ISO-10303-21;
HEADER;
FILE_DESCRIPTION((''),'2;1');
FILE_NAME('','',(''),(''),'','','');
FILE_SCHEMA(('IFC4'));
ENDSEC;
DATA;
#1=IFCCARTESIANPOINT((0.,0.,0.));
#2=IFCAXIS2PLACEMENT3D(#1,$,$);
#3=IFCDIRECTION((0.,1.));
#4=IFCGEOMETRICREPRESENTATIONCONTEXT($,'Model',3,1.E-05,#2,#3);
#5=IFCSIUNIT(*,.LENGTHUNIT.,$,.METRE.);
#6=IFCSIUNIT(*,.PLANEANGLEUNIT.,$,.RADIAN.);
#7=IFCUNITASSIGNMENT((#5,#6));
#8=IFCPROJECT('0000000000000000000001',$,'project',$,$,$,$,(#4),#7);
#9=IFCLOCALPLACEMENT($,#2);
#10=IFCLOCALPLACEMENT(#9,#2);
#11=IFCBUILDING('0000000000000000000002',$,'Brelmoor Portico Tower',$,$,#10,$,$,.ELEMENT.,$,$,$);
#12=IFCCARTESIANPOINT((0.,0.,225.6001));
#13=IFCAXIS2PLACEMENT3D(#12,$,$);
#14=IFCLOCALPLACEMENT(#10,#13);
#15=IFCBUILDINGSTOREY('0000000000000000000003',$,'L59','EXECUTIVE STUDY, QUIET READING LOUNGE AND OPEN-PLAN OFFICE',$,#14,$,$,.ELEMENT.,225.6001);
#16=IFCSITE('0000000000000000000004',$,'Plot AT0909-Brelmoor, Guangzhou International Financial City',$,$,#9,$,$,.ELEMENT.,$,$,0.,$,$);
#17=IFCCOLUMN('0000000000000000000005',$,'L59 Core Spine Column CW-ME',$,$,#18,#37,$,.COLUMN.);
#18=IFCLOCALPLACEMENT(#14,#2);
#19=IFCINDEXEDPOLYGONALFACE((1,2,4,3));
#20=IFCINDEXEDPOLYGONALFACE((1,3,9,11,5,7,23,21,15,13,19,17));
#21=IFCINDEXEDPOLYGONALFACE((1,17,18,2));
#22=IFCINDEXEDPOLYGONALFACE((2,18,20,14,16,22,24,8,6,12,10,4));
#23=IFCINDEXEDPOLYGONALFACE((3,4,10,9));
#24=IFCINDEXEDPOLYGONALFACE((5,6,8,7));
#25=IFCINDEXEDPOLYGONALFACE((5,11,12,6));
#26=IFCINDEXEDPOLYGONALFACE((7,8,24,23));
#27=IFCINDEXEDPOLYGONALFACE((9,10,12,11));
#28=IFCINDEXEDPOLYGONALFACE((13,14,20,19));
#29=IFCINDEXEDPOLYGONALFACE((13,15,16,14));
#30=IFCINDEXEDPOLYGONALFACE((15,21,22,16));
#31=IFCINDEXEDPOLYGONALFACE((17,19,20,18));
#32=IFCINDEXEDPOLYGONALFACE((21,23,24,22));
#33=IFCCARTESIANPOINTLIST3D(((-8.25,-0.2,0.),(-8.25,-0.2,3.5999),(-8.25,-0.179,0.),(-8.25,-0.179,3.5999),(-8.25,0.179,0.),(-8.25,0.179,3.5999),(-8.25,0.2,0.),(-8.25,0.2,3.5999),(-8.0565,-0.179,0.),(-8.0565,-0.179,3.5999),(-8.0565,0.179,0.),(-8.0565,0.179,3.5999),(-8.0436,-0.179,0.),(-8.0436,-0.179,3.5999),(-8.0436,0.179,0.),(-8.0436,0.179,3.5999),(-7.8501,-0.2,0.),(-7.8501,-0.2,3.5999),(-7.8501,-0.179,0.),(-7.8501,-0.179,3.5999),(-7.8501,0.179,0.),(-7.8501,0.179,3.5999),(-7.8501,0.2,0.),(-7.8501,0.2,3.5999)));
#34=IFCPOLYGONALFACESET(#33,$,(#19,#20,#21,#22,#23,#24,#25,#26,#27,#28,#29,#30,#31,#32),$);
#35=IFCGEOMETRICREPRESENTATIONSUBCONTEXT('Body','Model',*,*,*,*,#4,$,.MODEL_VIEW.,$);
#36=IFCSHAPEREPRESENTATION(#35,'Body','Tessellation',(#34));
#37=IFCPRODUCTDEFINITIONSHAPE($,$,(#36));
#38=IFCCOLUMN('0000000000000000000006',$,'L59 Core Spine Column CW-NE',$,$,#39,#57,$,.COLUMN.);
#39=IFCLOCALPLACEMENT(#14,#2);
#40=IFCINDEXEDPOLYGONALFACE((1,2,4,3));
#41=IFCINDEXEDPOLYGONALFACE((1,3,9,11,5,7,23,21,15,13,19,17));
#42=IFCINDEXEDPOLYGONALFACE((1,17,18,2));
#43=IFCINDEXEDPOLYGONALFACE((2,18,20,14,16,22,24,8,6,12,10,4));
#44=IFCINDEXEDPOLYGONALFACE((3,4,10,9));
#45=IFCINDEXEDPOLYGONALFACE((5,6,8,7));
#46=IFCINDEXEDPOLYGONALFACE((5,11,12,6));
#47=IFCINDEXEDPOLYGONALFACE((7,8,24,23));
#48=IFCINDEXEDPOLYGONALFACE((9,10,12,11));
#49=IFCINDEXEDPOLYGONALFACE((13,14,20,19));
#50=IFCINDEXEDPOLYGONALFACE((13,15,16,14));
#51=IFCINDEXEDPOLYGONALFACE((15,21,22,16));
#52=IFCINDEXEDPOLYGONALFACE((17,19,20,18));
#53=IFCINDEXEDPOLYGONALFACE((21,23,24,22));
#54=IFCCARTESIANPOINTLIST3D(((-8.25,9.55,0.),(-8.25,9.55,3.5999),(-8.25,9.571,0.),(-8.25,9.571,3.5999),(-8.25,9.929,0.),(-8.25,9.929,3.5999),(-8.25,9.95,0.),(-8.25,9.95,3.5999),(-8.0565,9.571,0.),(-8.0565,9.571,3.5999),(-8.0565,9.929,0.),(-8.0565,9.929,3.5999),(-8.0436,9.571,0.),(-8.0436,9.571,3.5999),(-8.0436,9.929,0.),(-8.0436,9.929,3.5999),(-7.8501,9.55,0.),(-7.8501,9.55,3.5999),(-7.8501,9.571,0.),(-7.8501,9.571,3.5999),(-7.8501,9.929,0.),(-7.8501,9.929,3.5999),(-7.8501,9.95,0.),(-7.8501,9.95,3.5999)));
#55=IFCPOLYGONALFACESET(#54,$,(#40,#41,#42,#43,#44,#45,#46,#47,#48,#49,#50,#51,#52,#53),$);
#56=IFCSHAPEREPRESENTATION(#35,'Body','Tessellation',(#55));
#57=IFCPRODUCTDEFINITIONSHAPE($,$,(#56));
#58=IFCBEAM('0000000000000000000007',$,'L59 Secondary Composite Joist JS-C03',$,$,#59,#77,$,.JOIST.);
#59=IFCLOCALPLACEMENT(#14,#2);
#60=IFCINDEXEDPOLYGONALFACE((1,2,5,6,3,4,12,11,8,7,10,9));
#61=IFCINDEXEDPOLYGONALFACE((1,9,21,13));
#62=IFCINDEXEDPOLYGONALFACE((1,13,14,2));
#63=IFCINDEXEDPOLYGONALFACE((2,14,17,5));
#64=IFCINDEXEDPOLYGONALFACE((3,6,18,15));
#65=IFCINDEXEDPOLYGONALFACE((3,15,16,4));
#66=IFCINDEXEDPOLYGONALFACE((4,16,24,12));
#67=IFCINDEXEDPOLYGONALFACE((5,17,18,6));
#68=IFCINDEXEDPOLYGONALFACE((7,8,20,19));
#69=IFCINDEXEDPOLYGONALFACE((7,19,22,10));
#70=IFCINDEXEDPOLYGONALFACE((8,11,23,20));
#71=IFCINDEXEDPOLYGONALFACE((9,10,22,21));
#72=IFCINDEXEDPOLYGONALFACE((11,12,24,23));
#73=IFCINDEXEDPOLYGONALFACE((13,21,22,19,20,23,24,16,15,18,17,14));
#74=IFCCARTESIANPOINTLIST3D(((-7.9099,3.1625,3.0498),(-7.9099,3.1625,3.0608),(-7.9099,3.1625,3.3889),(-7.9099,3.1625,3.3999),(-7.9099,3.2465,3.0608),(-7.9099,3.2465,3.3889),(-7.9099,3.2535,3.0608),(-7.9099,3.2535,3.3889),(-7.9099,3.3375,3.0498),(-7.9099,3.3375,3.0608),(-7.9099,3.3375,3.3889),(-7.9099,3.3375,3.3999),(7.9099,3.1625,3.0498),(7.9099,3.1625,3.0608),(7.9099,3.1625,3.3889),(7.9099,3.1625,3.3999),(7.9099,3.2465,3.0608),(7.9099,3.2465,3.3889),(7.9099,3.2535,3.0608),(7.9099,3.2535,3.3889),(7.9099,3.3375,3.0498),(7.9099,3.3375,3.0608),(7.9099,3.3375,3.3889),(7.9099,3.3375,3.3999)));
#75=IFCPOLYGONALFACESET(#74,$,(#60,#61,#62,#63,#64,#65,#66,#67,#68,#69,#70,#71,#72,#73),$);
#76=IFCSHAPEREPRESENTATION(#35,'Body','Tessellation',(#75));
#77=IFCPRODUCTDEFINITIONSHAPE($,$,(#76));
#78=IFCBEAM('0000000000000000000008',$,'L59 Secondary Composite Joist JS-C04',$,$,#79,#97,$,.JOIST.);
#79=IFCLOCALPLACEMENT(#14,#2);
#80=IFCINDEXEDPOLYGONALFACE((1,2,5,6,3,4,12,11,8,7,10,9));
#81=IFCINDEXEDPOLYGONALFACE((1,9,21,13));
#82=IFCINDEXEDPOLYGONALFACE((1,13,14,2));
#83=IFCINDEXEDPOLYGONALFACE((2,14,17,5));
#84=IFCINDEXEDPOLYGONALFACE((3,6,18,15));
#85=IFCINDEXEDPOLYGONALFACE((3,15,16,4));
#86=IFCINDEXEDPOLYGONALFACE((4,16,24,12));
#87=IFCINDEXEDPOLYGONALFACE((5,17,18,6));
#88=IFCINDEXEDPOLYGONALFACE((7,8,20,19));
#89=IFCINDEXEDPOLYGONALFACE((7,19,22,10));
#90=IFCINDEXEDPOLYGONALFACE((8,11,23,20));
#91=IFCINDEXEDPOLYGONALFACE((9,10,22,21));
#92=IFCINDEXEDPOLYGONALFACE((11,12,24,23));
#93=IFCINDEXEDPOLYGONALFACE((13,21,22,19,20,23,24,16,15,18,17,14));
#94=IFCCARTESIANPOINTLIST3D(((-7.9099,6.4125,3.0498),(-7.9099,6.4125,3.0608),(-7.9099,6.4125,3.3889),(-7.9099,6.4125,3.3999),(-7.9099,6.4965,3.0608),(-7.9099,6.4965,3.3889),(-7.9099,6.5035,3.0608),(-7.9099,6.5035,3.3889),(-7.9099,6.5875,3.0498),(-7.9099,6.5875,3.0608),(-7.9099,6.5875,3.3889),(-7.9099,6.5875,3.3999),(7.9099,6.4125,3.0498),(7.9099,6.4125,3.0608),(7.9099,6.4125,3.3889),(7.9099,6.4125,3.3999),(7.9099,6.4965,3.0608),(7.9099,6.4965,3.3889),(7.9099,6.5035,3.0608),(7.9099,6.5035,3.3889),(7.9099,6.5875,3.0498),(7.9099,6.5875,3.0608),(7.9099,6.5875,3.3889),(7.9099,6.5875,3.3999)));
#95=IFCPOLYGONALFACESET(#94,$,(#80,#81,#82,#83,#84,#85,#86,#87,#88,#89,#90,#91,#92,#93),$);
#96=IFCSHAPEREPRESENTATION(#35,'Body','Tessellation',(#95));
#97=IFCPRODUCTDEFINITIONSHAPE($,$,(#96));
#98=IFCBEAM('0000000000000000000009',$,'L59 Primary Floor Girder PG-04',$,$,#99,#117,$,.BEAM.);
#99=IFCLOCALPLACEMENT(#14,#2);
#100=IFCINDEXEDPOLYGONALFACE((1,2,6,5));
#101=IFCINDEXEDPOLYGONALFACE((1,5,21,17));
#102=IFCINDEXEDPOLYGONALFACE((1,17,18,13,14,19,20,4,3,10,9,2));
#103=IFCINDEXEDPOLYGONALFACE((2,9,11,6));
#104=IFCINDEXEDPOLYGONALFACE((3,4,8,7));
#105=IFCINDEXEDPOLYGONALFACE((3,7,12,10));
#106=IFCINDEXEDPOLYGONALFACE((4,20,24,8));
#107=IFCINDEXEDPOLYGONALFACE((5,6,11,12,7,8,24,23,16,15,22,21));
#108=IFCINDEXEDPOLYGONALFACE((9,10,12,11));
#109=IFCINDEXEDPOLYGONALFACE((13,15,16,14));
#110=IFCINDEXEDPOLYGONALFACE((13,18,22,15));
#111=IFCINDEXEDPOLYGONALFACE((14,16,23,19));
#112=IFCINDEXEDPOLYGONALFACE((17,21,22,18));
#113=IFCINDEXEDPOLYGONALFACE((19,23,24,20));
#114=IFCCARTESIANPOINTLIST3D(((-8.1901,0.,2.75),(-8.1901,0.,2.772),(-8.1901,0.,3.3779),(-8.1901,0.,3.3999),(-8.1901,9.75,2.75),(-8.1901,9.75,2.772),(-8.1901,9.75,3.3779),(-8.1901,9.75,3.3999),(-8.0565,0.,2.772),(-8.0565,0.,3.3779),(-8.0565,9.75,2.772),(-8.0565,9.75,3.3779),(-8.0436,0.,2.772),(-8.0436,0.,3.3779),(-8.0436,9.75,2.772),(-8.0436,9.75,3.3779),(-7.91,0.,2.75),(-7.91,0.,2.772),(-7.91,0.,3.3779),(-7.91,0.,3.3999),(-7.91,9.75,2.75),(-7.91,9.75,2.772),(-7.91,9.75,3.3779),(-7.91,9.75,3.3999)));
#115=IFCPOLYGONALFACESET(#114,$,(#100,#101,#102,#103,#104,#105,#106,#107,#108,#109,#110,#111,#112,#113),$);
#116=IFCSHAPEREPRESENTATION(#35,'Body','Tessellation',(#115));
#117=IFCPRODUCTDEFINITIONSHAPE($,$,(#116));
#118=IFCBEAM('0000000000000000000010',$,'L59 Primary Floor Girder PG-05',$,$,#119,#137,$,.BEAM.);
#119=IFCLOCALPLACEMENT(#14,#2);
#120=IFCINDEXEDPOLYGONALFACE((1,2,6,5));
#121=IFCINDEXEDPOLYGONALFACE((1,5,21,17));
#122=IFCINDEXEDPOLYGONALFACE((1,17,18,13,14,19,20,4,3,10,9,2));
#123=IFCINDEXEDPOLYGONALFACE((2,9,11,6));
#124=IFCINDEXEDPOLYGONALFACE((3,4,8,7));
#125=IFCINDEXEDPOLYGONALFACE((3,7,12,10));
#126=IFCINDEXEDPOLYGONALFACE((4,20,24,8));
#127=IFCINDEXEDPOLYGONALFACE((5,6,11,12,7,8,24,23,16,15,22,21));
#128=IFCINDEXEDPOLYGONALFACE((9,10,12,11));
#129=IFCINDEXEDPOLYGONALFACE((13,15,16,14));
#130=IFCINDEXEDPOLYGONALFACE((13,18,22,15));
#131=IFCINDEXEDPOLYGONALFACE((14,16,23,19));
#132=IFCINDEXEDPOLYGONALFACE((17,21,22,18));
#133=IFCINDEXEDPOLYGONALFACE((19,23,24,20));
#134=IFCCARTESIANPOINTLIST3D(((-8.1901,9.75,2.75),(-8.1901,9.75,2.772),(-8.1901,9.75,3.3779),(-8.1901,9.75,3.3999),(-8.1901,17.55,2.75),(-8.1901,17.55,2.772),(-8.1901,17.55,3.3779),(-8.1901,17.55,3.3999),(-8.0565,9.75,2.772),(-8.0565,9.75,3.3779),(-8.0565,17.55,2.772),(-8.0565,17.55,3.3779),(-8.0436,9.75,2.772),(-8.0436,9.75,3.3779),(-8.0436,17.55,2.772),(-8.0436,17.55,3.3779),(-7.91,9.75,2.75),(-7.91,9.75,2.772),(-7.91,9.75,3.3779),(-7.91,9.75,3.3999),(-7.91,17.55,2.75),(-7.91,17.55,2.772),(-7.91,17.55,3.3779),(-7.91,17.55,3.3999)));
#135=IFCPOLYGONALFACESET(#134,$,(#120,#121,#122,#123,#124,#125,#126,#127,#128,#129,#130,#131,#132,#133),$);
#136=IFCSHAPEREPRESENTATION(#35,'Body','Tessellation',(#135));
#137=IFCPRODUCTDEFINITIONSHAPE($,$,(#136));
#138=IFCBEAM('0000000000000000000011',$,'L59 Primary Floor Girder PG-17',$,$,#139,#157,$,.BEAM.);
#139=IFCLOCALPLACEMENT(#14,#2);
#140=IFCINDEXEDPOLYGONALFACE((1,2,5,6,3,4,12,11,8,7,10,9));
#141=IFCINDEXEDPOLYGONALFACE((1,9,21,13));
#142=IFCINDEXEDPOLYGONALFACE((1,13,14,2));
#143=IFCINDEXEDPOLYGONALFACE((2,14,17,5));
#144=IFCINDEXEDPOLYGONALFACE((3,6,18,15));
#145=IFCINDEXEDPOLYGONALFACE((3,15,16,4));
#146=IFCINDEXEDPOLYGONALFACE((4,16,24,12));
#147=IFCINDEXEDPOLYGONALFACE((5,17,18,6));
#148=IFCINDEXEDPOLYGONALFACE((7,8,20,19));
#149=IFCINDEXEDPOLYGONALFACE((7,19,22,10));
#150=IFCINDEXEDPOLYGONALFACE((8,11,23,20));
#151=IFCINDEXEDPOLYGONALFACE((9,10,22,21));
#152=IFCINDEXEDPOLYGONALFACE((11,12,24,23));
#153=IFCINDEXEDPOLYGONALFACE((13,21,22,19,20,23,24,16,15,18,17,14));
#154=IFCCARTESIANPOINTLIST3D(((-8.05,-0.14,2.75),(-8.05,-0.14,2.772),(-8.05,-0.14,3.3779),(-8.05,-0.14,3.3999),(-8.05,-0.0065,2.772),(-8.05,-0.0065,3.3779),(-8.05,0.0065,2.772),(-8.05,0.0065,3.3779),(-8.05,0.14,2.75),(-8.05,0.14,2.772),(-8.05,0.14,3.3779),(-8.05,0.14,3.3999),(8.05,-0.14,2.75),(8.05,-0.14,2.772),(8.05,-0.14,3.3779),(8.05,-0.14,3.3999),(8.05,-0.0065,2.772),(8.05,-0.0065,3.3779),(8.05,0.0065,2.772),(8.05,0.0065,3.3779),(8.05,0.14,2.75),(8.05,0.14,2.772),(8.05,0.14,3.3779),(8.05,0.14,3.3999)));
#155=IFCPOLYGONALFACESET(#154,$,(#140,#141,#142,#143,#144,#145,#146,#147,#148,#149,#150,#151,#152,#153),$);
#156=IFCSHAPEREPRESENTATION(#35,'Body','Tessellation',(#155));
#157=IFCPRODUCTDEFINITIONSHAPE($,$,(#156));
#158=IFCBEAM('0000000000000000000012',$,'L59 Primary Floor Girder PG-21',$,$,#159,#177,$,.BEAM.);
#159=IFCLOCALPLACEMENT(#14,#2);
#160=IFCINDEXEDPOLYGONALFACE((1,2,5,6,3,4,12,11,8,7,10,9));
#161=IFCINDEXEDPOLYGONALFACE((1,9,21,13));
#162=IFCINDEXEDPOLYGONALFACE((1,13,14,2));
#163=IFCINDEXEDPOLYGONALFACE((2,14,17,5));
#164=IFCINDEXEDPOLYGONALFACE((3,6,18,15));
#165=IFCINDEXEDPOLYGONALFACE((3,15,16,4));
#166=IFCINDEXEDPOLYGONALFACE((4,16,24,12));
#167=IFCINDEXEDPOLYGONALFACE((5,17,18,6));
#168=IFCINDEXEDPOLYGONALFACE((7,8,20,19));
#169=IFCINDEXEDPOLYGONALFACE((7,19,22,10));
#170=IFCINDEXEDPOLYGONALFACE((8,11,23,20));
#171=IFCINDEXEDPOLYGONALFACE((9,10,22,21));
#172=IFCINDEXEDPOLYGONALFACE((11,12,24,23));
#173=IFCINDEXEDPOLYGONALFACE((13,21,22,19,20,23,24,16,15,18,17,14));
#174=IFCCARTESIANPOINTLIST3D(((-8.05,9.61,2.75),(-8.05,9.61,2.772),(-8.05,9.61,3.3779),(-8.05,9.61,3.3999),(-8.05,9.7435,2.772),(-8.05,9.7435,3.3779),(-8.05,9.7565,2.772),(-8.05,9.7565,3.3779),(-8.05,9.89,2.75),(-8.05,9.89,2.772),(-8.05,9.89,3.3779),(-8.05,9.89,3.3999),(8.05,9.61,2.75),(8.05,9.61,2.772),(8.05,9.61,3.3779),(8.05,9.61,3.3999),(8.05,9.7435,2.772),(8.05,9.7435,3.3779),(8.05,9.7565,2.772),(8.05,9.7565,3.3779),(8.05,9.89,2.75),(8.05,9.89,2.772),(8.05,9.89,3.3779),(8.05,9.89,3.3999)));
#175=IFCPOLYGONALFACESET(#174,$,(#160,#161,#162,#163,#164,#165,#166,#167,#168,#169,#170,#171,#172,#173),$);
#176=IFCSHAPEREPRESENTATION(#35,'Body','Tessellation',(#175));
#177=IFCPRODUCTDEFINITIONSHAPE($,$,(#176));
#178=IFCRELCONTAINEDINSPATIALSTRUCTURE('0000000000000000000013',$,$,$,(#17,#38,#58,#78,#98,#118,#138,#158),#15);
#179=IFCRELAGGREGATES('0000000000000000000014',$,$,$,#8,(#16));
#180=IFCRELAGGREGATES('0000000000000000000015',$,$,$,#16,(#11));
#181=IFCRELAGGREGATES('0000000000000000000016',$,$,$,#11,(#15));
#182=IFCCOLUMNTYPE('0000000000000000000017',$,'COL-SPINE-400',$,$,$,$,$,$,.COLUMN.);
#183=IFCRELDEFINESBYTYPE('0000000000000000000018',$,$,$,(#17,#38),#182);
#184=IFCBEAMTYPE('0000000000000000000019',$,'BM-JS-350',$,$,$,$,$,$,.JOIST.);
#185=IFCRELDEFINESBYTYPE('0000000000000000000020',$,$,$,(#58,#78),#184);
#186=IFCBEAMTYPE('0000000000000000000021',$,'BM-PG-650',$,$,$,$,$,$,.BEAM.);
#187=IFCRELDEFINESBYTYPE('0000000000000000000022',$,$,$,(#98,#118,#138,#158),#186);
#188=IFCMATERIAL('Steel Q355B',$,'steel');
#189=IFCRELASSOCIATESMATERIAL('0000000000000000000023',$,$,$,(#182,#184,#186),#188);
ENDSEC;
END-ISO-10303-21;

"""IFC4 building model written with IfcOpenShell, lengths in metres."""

from ifc_helpers import new_model, si_unit, direction, frame, origin, origin_2d, place, context, subcontext, project, spatial, i_section, extrude, material, material_profile, profile_set, type_object, element, save


model = new_model("IFC4")

# Units and contexts
model_context = context("Model", 3, precision=1e-05, world=origin(), true_north=direction((0.0, 1.0)))
body_context = subcontext(model_context, "Body", "Model", "MODEL_VIEW")
ifc_project = project(units=[si_unit("LENGTHUNIT", "METRE"), si_unit("PLANEANGLEUNIT", "RADIAN")], contexts=[model_context])

# Site, building, storey
site_placement = place(None, origin())
site = spatial("IfcSite", under=ifc_project, at=site_placement, Name="Plot AT0909-Brelmoor, Guangzhou International Financial City", CompositionType="ELEMENT", RefElevation=0.0)
building_placement = place(site_placement, origin())
building = spatial("IfcBuilding", under=site, at=building_placement, Name="Brelmoor Portico Tower", CompositionType="ELEMENT")
storey_placement = place(building_placement, frame((0.0, 0.0, 225.6001)))
storey = spatial("IfcBuildingStorey", under=building, at=storey_placement, Name="L59", Description="EXECUTIVE STUDY, QUIET READING LOUNGE AND OPEN-PLAN OFFICE", CompositionType="ELEMENT", Elevation=225.6001)

# Columns
ifc_material_1 = material(Name="Steel Q355B", Category="steel")
ifc_material_profile_1 = material_profile(ifc_material_1, i_section(OverallWidth=0.3999, OverallDepth=0.3999, WebThickness=0.0129, FlangeThickness=0.021, at=origin_2d()), Name="HW 400x400x13x21")
ifc_profile_set_1 = profile_set([ifc_material_profile_1], Name="Steel Q355B")
column_type = type_object("IfcColumnType", Name="COL-SPINE-400", PredefinedType="COLUMN", material=ifc_profile_set_1)
for number, where, z_axis, x_axis, name in (
    (1, (-8.05, 0.0, 0.0), (0.0, 0.0, 1.0), (1.0, 0.0, 0.0), "L59 Core Spine Column CW-ME"),
    (2, (-8.05, 9.75, 0.0), (0.0, 0.0, 1.0), (1.0, 0.0, 0.0), "L59 Core Spine Column CW-NE"),
):
    element("IfcColumn", number, at=place(storey_placement, frame(where, z_axis=z_axis, x_axis=x_axis)), inside=storey, type_object=column_type, Name=name, PredefinedType="COLUMN", context=body_context, shape_type="SweptSolid", body=[
        extrude(i_section(OverallWidth=0.3999, OverallDepth=0.3999, WebThickness=0.0129, FlangeThickness=0.021, at=origin_2d()), origin(), (0.0, 0.0, 1.0), 3.5999),
    ])

# Beams
ifc_material_profile_2 = material_profile(ifc_material_1, i_section(OverallWidth=0.175, OverallDepth=0.3501, WebThickness=0.0071, FlangeThickness=0.011, at=origin_2d()), Name="HN 350x175x7x11")
ifc_profile_set_2 = profile_set([ifc_material_profile_2], Name="Steel Q355B")
beam_type_1 = type_object("IfcBeamType", Name="BM-JS-350", PredefinedType="JOIST", material=ifc_profile_set_2)
for number, where, z_axis, x_axis, name in (
    (3, (-7.9099, 3.25, 3.2249), (1.0, 0.0, 0.0), (0.0, 1.0, 0.0), "L59 Secondary Composite Joist JS-C03"),
    (4, (-7.9099, 6.5, 3.2249), (1.0, 0.0, 0.0), (0.0, 1.0, 0.0), "L59 Secondary Composite Joist JS-C04"),
):
    element("IfcBeam", number, at=place(storey_placement, frame(where, z_axis=z_axis, x_axis=x_axis)), inside=storey, type_object=beam_type_1, Name=name, PredefinedType="JOIST", context=body_context, shape_type="SweptSolid", body=[
        extrude(i_section(OverallWidth=0.175, OverallDepth=0.3501, WebThickness=0.0071, FlangeThickness=0.011, at=origin_2d()), origin(), (0.0, 0.0, 1.0), 15.8198),
    ])
ifc_material_profile_3 = material_profile(ifc_material_1, i_section(OverallWidth=0.28, OverallDepth=0.6499, WebThickness=0.0129, FlangeThickness=0.022, at=origin_2d()), Name="HN 650x280x13x22")
ifc_profile_set_3 = profile_set([ifc_material_profile_3], Name="Steel Q355B")
beam_type_2 = type_object("IfcBeamType", Name="BM-PG-650", PredefinedType="BEAM", material=ifc_profile_set_3)
beam_1_placement = place(storey_placement, frame((-8.05, 0.0, 3.075), z_axis=(0.0, 1.0, 0.0), x_axis=(-1.0, 0.0, 0.0)))
element("IfcBeam", 5, at=beam_1_placement, inside=storey, type_object=beam_type_2, Name="L59 Primary Floor Girder PG-04", PredefinedType="BEAM", context=body_context, shape_type="SweptSolid", body=[
    extrude(i_section(OverallWidth=0.28, OverallDepth=0.6499, WebThickness=0.0129, FlangeThickness=0.022, at=origin_2d()), origin(), (0.0, 0.0, 1.0), 9.75),
])
beam_2_placement = place(storey_placement, frame((-8.05, 9.75, 3.075), z_axis=(0.0, 1.0, 0.0), x_axis=(-1.0, 0.0, 0.0)))
element("IfcBeam", 6, at=beam_2_placement, inside=storey, type_object=beam_type_2, Name="L59 Primary Floor Girder PG-05", PredefinedType="BEAM", context=body_context, shape_type="SweptSolid", body=[
    extrude(i_section(OverallWidth=0.28, OverallDepth=0.6499, WebThickness=0.0129, FlangeThickness=0.022, at=origin_2d()), origin(), (0.0, 0.0, 1.0), 7.8),
])
for number, where, z_axis, x_axis, name in (
    (7, (-8.05, 0.0, 3.075), (1.0, 0.0, 0.0), (0.0, 1.0, 0.0), "L59 Primary Floor Girder PG-17"),
    (8, (-8.05, 9.75, 3.075), (1.0, 0.0, 0.0), (0.0, 1.0, 0.0), "L59 Primary Floor Girder PG-21"),
):
    element("IfcBeam", number, at=place(storey_placement, frame(where, z_axis=z_axis, x_axis=x_axis)), inside=storey, type_object=beam_type_2, Name=name, PredefinedType="BEAM", context=body_context, shape_type="SweptSolid", body=[
        extrude(i_section(OverallWidth=0.28, OverallDepth=0.6499, WebThickness=0.0129, FlangeThickness=0.022, at=origin_2d()), origin(), (0.0, 0.0, 1.0), 16.1001),
    ])

save(model, "model.ifc")
